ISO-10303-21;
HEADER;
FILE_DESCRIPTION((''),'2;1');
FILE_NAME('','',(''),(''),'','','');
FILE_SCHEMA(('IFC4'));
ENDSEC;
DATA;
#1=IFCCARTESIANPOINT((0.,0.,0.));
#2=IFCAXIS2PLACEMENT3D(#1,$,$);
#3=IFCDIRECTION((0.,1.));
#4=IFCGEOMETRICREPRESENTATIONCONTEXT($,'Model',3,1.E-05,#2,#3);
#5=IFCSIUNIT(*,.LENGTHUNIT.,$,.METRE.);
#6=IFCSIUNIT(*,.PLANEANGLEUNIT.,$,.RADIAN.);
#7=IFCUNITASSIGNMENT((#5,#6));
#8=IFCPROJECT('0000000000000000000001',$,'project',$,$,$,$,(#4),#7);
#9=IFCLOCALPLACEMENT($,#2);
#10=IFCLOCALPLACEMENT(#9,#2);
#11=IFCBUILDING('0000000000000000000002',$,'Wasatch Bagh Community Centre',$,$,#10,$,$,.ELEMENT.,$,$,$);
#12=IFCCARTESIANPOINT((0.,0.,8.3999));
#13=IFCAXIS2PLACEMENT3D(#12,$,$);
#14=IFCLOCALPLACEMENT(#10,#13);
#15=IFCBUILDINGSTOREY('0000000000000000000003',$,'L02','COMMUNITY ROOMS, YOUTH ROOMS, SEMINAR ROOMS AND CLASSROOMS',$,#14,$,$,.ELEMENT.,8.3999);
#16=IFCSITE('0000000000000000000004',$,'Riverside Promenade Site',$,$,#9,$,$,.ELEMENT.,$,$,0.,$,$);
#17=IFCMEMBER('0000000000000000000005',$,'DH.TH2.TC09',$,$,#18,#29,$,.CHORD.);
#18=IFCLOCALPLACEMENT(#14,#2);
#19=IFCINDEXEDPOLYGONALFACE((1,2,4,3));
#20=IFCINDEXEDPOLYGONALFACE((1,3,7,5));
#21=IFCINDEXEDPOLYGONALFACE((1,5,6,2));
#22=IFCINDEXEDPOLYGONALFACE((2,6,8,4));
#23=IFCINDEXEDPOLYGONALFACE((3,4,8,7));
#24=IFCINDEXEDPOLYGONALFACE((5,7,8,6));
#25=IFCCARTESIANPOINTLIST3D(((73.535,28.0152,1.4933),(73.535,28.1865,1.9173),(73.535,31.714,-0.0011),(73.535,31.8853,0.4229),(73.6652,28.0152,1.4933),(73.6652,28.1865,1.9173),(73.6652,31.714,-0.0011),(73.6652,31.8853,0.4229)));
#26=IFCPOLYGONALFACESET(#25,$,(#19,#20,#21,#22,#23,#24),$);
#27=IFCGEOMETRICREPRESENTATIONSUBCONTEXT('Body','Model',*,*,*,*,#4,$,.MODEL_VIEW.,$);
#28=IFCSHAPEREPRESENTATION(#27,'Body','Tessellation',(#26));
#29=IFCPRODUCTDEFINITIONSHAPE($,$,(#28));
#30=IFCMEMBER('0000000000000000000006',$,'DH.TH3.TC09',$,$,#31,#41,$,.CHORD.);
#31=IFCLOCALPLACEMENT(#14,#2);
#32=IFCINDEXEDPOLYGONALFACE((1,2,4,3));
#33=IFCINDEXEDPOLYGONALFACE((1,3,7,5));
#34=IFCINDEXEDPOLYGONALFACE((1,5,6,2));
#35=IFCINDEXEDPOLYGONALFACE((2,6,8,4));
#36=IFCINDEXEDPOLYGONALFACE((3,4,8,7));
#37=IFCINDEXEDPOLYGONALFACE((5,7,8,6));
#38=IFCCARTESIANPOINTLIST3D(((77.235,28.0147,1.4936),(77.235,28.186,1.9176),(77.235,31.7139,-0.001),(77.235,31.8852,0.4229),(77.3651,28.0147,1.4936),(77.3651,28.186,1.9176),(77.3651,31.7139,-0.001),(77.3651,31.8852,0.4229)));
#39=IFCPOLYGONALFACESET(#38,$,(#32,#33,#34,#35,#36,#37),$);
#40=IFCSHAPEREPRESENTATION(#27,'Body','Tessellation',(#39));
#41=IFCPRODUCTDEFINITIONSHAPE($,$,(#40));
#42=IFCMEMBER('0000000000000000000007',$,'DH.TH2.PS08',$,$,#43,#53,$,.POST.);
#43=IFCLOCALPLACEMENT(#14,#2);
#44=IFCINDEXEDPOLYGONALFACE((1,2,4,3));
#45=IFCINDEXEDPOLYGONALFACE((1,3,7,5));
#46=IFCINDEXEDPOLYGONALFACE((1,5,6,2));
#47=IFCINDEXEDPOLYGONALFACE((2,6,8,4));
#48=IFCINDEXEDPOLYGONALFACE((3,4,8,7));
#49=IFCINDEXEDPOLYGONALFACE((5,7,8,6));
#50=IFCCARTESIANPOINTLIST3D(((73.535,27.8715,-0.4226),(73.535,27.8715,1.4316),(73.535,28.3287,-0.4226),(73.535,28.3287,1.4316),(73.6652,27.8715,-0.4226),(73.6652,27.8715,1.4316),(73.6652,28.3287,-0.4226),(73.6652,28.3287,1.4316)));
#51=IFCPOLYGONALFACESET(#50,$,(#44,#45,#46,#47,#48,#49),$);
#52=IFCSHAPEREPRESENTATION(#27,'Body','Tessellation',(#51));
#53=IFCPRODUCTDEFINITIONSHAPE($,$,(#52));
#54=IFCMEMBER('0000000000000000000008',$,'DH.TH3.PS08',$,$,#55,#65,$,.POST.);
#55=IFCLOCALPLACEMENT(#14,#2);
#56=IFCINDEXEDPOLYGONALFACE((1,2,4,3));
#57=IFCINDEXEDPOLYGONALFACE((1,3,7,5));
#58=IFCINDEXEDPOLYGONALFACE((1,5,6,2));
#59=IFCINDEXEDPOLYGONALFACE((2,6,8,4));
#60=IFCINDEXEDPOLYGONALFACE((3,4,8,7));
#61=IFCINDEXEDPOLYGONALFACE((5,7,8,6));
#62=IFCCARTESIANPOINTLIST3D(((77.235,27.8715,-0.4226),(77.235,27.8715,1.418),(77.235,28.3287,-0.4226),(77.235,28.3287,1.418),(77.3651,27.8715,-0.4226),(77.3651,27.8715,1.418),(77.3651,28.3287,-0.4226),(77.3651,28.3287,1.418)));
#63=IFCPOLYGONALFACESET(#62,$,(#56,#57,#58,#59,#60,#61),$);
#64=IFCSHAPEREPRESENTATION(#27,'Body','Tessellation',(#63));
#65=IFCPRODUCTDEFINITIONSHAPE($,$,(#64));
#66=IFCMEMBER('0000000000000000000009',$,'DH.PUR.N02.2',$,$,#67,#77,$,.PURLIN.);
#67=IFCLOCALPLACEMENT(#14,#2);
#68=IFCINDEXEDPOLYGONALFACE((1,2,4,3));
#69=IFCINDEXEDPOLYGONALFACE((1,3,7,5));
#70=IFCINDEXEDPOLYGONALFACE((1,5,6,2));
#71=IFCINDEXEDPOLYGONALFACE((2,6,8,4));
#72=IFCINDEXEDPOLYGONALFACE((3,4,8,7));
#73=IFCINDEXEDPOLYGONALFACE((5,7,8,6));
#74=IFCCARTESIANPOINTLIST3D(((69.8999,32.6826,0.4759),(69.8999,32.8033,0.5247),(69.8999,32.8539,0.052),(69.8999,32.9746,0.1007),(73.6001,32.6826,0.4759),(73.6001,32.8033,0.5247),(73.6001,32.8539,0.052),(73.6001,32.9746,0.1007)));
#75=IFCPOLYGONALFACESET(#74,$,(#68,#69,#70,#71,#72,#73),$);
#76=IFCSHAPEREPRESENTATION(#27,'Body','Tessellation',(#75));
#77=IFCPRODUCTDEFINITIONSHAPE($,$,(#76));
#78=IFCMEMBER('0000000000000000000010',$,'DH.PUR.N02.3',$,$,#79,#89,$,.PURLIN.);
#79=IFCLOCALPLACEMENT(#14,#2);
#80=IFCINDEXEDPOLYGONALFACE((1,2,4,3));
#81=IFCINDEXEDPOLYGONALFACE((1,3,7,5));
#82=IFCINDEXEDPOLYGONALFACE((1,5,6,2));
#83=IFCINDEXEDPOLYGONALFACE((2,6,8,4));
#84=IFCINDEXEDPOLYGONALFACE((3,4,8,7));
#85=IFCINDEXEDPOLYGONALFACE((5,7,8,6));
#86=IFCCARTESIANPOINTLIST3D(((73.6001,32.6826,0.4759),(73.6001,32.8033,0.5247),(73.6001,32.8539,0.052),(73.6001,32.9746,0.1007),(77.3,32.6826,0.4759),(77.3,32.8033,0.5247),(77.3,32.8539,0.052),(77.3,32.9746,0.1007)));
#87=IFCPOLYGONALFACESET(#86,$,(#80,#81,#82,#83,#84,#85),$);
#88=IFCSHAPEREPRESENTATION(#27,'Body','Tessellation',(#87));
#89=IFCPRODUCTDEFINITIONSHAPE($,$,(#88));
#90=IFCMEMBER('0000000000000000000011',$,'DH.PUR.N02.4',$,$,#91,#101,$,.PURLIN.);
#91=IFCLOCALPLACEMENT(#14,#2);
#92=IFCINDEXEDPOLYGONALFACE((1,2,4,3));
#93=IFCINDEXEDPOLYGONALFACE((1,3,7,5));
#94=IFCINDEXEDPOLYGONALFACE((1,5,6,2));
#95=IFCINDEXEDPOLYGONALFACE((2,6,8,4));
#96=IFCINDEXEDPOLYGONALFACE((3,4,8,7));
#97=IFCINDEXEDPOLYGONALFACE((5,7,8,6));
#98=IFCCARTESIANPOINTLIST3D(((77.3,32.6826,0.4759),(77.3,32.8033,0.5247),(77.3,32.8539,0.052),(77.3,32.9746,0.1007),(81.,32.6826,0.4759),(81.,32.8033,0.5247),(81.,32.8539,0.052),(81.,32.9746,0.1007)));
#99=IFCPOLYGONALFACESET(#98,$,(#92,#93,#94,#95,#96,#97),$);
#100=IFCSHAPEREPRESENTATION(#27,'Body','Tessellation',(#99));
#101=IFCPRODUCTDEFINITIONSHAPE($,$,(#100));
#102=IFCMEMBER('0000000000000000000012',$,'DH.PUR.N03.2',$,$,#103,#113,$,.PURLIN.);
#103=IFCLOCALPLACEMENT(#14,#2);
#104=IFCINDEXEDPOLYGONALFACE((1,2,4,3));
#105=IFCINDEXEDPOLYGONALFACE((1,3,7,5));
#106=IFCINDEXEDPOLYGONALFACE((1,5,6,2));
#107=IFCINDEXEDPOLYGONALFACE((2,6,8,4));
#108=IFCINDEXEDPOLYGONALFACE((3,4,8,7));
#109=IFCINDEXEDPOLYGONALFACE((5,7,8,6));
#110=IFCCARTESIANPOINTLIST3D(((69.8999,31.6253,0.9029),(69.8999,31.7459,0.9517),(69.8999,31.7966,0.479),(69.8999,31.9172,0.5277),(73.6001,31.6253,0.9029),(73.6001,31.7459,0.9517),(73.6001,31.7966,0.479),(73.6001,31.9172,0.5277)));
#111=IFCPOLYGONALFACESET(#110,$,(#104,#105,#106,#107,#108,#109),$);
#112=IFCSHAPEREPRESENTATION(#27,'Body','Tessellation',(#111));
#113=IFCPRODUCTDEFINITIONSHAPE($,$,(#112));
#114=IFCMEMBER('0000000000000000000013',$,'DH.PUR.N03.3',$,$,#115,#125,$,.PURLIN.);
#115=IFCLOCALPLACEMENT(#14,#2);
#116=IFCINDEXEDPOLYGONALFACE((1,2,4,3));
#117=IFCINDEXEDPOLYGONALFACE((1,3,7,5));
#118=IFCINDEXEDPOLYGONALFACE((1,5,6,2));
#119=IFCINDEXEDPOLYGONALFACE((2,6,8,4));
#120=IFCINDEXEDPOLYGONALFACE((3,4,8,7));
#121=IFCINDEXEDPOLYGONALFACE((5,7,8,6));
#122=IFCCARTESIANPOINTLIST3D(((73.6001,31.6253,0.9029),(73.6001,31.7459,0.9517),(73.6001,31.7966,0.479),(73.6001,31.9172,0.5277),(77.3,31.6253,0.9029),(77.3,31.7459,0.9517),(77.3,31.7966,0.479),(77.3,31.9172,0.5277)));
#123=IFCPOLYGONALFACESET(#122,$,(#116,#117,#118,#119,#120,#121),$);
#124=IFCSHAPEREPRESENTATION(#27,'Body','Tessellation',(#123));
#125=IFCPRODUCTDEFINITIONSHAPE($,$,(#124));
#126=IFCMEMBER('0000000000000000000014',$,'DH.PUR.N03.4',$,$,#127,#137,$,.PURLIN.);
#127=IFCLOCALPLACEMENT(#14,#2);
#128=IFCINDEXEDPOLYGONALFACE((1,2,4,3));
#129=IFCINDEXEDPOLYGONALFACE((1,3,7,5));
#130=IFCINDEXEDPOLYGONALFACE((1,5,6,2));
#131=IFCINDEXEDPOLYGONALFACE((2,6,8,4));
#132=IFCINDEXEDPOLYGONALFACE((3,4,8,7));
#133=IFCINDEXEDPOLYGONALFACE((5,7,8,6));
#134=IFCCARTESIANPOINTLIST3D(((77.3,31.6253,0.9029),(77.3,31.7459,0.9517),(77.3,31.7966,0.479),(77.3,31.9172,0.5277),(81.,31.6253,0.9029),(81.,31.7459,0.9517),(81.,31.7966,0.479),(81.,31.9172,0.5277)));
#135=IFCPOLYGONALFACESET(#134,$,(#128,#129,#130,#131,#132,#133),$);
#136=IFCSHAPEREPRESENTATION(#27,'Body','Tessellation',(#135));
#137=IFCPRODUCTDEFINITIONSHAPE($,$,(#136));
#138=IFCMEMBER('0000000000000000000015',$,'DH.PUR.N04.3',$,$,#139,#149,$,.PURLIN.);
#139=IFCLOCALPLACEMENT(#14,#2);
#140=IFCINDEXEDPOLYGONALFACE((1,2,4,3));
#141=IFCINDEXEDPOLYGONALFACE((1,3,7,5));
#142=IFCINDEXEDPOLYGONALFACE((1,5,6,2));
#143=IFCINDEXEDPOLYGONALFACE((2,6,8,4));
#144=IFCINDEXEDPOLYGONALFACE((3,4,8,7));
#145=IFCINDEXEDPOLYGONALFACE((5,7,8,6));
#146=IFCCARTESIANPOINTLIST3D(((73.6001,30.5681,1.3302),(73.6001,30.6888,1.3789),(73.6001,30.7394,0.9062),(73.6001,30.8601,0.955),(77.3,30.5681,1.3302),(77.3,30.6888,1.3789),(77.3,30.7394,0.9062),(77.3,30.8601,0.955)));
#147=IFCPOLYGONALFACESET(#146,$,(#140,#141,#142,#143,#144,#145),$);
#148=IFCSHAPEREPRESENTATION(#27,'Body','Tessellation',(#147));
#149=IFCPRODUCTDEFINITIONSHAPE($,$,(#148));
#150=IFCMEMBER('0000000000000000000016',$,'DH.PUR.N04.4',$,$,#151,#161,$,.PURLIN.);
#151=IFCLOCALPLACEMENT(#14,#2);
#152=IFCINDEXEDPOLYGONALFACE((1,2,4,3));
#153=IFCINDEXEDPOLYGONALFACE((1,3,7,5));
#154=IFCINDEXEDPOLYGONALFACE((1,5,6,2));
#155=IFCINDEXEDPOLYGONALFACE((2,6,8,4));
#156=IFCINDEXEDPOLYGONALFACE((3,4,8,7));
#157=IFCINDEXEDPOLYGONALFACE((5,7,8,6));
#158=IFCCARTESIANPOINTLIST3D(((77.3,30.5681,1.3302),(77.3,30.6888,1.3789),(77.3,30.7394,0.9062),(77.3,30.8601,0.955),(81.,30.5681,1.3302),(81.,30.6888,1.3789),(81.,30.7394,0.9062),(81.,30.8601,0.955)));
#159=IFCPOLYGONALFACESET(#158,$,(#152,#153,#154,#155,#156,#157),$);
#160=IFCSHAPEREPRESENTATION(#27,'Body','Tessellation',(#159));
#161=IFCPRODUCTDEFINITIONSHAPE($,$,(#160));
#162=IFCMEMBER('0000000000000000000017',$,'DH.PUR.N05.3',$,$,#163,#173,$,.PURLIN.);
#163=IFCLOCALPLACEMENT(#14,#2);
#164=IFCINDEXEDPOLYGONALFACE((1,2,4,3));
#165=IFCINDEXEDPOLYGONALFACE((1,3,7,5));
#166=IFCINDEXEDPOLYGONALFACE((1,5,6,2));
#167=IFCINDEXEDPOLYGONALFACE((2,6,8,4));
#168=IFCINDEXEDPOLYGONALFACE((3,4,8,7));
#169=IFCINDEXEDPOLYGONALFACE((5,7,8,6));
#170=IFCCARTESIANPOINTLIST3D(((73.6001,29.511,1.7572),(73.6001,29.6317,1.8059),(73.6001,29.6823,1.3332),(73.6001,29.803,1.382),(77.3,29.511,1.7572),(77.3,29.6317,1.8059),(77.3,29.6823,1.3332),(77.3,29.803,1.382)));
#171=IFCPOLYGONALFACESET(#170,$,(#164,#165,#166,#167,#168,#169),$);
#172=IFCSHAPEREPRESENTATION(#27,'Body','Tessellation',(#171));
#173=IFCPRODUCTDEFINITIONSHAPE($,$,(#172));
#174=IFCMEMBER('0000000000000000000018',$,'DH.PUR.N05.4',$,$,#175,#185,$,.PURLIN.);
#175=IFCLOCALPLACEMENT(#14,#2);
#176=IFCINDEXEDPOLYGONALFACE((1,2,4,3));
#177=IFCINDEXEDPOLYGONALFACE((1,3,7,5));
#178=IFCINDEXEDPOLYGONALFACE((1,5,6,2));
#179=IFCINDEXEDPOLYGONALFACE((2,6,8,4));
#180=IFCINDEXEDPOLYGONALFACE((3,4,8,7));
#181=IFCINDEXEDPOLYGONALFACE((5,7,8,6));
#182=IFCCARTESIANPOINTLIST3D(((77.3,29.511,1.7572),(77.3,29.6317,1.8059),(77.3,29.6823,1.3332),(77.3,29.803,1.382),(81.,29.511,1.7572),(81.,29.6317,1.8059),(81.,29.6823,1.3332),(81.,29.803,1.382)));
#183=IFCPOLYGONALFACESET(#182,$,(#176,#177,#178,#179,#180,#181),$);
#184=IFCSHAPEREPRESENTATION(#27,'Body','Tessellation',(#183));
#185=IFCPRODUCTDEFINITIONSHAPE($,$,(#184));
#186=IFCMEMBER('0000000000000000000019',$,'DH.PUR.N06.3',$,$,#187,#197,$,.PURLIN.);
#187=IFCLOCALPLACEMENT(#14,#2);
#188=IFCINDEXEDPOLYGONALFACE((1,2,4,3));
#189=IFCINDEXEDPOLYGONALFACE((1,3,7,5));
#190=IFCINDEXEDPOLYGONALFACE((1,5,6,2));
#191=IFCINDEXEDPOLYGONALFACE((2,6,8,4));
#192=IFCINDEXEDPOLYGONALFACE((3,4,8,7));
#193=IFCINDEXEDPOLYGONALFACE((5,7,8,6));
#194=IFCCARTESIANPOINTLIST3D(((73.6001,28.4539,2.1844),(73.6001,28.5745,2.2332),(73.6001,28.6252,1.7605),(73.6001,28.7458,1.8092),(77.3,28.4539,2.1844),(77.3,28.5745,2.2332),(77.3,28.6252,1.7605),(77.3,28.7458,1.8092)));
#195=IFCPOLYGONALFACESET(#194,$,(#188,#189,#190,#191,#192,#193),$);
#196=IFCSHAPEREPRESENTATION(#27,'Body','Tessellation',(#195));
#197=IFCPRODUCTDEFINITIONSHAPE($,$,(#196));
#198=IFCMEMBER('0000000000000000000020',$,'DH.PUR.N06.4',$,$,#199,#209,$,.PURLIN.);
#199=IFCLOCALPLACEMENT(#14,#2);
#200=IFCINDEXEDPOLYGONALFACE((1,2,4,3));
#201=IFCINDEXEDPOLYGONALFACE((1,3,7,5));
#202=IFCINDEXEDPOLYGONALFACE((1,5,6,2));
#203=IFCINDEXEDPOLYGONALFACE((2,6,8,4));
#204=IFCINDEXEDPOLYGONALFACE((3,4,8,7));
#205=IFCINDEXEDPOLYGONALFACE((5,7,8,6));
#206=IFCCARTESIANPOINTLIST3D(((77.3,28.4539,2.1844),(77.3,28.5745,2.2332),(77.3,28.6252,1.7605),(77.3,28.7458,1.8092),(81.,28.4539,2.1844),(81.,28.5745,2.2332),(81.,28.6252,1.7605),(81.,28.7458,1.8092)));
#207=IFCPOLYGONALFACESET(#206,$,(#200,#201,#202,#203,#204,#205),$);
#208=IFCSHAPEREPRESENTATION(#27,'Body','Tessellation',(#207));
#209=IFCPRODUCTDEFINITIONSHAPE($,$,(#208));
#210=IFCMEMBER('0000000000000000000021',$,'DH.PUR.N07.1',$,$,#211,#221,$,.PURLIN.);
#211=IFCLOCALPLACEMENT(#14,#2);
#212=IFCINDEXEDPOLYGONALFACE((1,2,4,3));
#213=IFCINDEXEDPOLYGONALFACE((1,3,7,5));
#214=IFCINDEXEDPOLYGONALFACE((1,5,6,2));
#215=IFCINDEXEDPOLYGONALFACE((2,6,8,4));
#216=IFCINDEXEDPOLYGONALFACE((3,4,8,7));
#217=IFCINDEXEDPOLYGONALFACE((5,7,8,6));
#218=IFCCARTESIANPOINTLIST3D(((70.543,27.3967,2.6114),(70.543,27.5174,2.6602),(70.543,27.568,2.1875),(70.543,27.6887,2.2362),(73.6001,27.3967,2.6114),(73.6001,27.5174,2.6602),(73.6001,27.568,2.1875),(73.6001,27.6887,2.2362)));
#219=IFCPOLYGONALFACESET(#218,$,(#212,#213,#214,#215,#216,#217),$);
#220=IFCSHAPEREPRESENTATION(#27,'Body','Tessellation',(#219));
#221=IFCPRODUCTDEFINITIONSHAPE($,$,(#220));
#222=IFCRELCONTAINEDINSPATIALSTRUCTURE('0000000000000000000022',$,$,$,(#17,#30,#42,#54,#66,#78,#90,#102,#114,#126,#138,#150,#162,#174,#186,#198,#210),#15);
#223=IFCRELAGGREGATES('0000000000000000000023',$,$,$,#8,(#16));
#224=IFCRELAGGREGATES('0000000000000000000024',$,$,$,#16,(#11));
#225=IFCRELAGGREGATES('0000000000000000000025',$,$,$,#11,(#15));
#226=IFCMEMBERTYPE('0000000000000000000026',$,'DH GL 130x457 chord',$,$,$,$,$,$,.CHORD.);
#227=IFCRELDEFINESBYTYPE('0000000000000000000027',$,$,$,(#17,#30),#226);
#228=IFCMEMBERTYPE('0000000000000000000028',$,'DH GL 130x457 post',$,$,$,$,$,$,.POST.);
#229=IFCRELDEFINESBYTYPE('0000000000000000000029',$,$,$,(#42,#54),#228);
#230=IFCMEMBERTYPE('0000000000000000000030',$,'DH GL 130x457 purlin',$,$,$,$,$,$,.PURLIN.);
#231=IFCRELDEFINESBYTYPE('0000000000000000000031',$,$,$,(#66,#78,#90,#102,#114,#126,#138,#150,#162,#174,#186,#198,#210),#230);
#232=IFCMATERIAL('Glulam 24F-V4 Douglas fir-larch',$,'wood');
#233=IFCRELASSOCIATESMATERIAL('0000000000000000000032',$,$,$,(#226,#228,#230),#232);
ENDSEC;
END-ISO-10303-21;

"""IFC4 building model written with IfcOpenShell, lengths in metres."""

from ifc_helpers import new_model, si_unit, direction, frame, origin, origin_2d, place, context, subcontext, project, spatial, rectangle, extrude, material, material_profile, profile_set, type_object, element, save


model = new_model("IFC4")

# Units and contexts
model_context = context("Model", 3, precision=1e-05, world=origin(), true_north=direction((0.0, 1.0)))
body_context = subcontext(model_context, "Body", "Model", "MODEL_VIEW")
ifc_project = project(units=[si_unit("LENGTHUNIT", "METRE"), si_unit("PLANEANGLEUNIT", "RADIAN")], contexts=[model_context])

# Site, building, storey
site_placement = place(None, origin())
site = spatial("IfcSite", under=ifc_project, at=site_placement, Name="Riverside Promenade Site", CompositionType="ELEMENT", RefElevation=0.0)
building_placement = place(site_placement, origin())
building = spatial("IfcBuilding", under=site, at=building_placement, Name="Wasatch Bagh Community Centre", CompositionType="ELEMENT")
storey_placement = place(building_placement, frame((0.0, 0.0, 8.3999)))
storey = spatial("IfcBuildingStorey", under=building, at=storey_placement, Name="L02", Description="COMMUNITY ROOMS, YOUTH ROOMS, SEMINAR ROOMS AND CLASSROOMS", CompositionType="ELEMENT", Elevation=8.3999)

# Members
ifc_material_1 = material(Name="Glulam 24F-V4 Douglas fir-larch", Category="wood")
ifc_material_profile_1 = material_profile(ifc_material_1, rectangle(XDim=0.1301, YDim=0.4573, at=origin_2d()), Name="GL 130x457")
ifc_profile_set_1 = profile_set([ifc_material_profile_1], Name="Glulam 24F-V4 Douglas fir-larch")
member_type_1 = type_object("IfcMemberType", Name="DH GL 130x457 chord", PredefinedType="CHORD", material=ifc_profile_set_1)
member_1_placement = place(storey_placement, frame((73.6001, 28.1008, 1.7053), z_axis=(0.0, 0.927184, -0.374607), x_axis=(-1.0, 0.0, 0.0)))
element("IfcMember", 1, at=member_1_placement, inside=storey, type_object=member_type_1, Name="DH.TH2.TC09", PredefinedType="CHORD", context=body_context, shape_type="SweptSolid", body=[
    extrude(rectangle(XDim=0.1301, YDim=0.4573, at=origin_2d()), origin(), (0.0, 0.0, 1.0), 3.9893),
])
member_2_placement = place(storey_placement, frame((77.3, 28.1003, 1.7056), z_axis=(0.0, 0.92718, -0.374617), x_axis=(-1.0, 0.0, 0.0)))
element("IfcMember", 2, at=member_2_placement, inside=storey, type_object=member_type_1, Name="DH.TH3.TC09", PredefinedType="CHORD", context=body_context, shape_type="SweptSolid", body=[
    extrude(rectangle(XDim=0.1301, YDim=0.4573, at=origin_2d()), origin(), (0.0, 0.0, 1.0), 3.9897),
])
ifc_material_profile_2 = material_profile(ifc_material_1, rectangle(XDim=0.1301, YDim=0.4573, at=origin_2d()), Name="GL 130x457")
ifc_profile_set_2 = profile_set([ifc_material_profile_2], Name="Glulam 24F-V4 Douglas fir-larch")
member_type_2 = type_object("IfcMemberType", Name="DH GL 130x457 post", PredefinedType="POST", material=ifc_profile_set_2)
member_3_placement = place(storey_placement, frame((73.6001, 28.1001, -0.4226), z_axis=(0.0, 0.0, 1.0), x_axis=(1.0, 0.0, 0.0)))
element("IfcMember", 3, at=member_3_placement, inside=storey, type_object=member_type_2, Name="DH.TH2.PS08", PredefinedType="POST", context=body_context, shape_type="SweptSolid", body=[
    extrude(rectangle(XDim=0.1301, YDim=0.4573, at=origin_2d()), origin(), (0.0, 0.0, 1.0), 1.8542),
])
member_4_placement = place(storey_placement, frame((77.3, 28.1001, -0.4226), z_axis=(0.0, 0.0, 1.0), x_axis=(1.0, 0.0, 0.0)))
element("IfcMember", 4, at=member_4_placement, inside=storey, type_object=member_type_2, Name="DH.TH3.PS08", PredefinedType="POST", context=body_context, shape_type="SweptSolid", body=[
    extrude(rectangle(XDim=0.1301, YDim=0.4573, at=origin_2d()), origin(), (0.0, 0.0, 1.0), 1.8406),
])
ifc_material_profile_3 = material_profile(ifc_material_1, rectangle(XDim=0.1301, YDim=0.4573, at=origin_2d()), Name="GL 130x457")
ifc_profile_set_3 = profile_set([ifc_material_profile_3], Name="Glulam 24F-V4 Douglas fir-larch")
member_type_3 = type_object("IfcMemberType", Name="DH GL 130x457 purlin", PredefinedType="PURLIN", material=ifc_profile_set_3)
member_5_placement = place(storey_placement, frame((69.8999, 32.8286, 0.2883), z_axis=(1.0, 0.0, 0.0), x_axis=(0.0, 0.927184, 0.374607)))
element("IfcMember", 5, at=member_5_placement, inside=storey, type_object=member_type_3, Name="DH.PUR.N02.2", PredefinedType="PURLIN", context=body_context, shape_type="SweptSolid", body=[
    extrude(rectangle(XDim=0.1301, YDim=0.4573, at=origin_2d()), origin(), (0.0, 0.0, 1.0), 3.7002),
])
for number, where, z_axis, x_axis, name in (
    (6, (73.6001, 32.8286, 0.2883), (1.0, 0.0, 0.0), (0.0, 0.927184, 0.374607), "DH.PUR.N02.3"),
    (7, (77.3, 32.8286, 0.2883), (1.0, 0.0, 0.0), (0.0, 0.927184, 0.374607), "DH.PUR.N02.4"),
):
    element("IfcMember", number, at=place(storey_placement, frame(where, z_axis=z_axis, x_axis=x_axis)), inside=storey, type_object=member_type_3, Name=name, PredefinedType="PURLIN", context=body_context, shape_type="SweptSolid", body=[
        extrude(rectangle(XDim=0.1301, YDim=0.4573, at=origin_2d()), origin(), (0.0, 0.0, 1.0), 3.7),
    ])
member_6_placement = place(storey_placement, frame((69.8999, 31.7712, 0.7153), z_axis=(1.0, 0.0, 0.0), x_axis=(0.0, 0.927184, 0.374607)))
element("IfcMember", 8, at=member_6_placement, inside=storey, type_object=member_type_3, Name="DH.PUR.N03.2", PredefinedType="PURLIN", context=body_context, shape_type="SweptSolid", body=[
    extrude(rectangle(XDim=0.1301, YDim=0.4573, at=origin_2d()), origin(), (0.0, 0.0, 1.0), 3.7002),
])
for number, where, z_axis, x_axis, name in (
    (9, (73.6001, 31.7712, 0.7153), (1.0, 0.0, 0.0), (0.0, 0.927184, 0.374607), "DH.PUR.N03.3"),
    (10, (77.3, 31.7712, 0.7153), (1.0, 0.0, 0.0), (0.0, 0.927184, 0.374607), "DH.PUR.N03.4"),
    (11, (73.6001, 30.7141, 1.1426), (1.0, 0.0, 0.0), (0.0, 0.927184, 0.374607), "DH.PUR.N04.3"),
    (12, (77.3, 30.7141, 1.1426), (1.0, 0.0, 0.0), (0.0, 0.927184, 0.374607), "DH.PUR.N04.4"),
    (13, (73.6001, 29.657, 1.5696), (1.0, 0.0, 0.0), (0.0, 0.927184, 0.374607), "DH.PUR.N05.3"),
    (14, (77.3, 29.657, 1.5696), (1.0, 0.0, 0.0), (0.0, 0.927184, 0.374607), "DH.PUR.N05.4"),
    (15, (73.6001, 28.5999, 1.9968), (1.0, 0.0, 0.0), (0.0, 0.927184, 0.374607), "DH.PUR.N06.3"),
    (16, (77.3, 28.5999, 1.9968), (1.0, 0.0, 0.0), (0.0, 0.927184, 0.374607), "DH.PUR.N06.4"),
):
    element("IfcMember", number, at=place(storey_placement, frame(where, z_axis=z_axis, x_axis=x_axis)), inside=storey, type_object=member_type_3, Name=name, PredefinedType="PURLIN", context=body_context, shape_type="SweptSolid", body=[
        extrude(rectangle(XDim=0.1301, YDim=0.4573, at=origin_2d()), origin(), (0.0, 0.0, 1.0), 3.7),
    ])
member_7_placement = place(storey_placement, frame((70.543, 27.5427, 2.4238), z_axis=(1.0, 0.0, 0.0), x_axis=(0.0, 0.927184, 0.374607)))
element("IfcMember", 17, at=member_7_placement, inside=storey, type_object=member_type_3, Name="DH.PUR.N07.1", PredefinedType="PURLIN", context=body_context, shape_type="SweptSolid", body=[
    extrude(rectangle(XDim=0.1301, YDim=0.4573, at=origin_2d()), origin(), (0.0, 0.0, 1.0), 3.0571),
])

save(model, "model.ifc")
